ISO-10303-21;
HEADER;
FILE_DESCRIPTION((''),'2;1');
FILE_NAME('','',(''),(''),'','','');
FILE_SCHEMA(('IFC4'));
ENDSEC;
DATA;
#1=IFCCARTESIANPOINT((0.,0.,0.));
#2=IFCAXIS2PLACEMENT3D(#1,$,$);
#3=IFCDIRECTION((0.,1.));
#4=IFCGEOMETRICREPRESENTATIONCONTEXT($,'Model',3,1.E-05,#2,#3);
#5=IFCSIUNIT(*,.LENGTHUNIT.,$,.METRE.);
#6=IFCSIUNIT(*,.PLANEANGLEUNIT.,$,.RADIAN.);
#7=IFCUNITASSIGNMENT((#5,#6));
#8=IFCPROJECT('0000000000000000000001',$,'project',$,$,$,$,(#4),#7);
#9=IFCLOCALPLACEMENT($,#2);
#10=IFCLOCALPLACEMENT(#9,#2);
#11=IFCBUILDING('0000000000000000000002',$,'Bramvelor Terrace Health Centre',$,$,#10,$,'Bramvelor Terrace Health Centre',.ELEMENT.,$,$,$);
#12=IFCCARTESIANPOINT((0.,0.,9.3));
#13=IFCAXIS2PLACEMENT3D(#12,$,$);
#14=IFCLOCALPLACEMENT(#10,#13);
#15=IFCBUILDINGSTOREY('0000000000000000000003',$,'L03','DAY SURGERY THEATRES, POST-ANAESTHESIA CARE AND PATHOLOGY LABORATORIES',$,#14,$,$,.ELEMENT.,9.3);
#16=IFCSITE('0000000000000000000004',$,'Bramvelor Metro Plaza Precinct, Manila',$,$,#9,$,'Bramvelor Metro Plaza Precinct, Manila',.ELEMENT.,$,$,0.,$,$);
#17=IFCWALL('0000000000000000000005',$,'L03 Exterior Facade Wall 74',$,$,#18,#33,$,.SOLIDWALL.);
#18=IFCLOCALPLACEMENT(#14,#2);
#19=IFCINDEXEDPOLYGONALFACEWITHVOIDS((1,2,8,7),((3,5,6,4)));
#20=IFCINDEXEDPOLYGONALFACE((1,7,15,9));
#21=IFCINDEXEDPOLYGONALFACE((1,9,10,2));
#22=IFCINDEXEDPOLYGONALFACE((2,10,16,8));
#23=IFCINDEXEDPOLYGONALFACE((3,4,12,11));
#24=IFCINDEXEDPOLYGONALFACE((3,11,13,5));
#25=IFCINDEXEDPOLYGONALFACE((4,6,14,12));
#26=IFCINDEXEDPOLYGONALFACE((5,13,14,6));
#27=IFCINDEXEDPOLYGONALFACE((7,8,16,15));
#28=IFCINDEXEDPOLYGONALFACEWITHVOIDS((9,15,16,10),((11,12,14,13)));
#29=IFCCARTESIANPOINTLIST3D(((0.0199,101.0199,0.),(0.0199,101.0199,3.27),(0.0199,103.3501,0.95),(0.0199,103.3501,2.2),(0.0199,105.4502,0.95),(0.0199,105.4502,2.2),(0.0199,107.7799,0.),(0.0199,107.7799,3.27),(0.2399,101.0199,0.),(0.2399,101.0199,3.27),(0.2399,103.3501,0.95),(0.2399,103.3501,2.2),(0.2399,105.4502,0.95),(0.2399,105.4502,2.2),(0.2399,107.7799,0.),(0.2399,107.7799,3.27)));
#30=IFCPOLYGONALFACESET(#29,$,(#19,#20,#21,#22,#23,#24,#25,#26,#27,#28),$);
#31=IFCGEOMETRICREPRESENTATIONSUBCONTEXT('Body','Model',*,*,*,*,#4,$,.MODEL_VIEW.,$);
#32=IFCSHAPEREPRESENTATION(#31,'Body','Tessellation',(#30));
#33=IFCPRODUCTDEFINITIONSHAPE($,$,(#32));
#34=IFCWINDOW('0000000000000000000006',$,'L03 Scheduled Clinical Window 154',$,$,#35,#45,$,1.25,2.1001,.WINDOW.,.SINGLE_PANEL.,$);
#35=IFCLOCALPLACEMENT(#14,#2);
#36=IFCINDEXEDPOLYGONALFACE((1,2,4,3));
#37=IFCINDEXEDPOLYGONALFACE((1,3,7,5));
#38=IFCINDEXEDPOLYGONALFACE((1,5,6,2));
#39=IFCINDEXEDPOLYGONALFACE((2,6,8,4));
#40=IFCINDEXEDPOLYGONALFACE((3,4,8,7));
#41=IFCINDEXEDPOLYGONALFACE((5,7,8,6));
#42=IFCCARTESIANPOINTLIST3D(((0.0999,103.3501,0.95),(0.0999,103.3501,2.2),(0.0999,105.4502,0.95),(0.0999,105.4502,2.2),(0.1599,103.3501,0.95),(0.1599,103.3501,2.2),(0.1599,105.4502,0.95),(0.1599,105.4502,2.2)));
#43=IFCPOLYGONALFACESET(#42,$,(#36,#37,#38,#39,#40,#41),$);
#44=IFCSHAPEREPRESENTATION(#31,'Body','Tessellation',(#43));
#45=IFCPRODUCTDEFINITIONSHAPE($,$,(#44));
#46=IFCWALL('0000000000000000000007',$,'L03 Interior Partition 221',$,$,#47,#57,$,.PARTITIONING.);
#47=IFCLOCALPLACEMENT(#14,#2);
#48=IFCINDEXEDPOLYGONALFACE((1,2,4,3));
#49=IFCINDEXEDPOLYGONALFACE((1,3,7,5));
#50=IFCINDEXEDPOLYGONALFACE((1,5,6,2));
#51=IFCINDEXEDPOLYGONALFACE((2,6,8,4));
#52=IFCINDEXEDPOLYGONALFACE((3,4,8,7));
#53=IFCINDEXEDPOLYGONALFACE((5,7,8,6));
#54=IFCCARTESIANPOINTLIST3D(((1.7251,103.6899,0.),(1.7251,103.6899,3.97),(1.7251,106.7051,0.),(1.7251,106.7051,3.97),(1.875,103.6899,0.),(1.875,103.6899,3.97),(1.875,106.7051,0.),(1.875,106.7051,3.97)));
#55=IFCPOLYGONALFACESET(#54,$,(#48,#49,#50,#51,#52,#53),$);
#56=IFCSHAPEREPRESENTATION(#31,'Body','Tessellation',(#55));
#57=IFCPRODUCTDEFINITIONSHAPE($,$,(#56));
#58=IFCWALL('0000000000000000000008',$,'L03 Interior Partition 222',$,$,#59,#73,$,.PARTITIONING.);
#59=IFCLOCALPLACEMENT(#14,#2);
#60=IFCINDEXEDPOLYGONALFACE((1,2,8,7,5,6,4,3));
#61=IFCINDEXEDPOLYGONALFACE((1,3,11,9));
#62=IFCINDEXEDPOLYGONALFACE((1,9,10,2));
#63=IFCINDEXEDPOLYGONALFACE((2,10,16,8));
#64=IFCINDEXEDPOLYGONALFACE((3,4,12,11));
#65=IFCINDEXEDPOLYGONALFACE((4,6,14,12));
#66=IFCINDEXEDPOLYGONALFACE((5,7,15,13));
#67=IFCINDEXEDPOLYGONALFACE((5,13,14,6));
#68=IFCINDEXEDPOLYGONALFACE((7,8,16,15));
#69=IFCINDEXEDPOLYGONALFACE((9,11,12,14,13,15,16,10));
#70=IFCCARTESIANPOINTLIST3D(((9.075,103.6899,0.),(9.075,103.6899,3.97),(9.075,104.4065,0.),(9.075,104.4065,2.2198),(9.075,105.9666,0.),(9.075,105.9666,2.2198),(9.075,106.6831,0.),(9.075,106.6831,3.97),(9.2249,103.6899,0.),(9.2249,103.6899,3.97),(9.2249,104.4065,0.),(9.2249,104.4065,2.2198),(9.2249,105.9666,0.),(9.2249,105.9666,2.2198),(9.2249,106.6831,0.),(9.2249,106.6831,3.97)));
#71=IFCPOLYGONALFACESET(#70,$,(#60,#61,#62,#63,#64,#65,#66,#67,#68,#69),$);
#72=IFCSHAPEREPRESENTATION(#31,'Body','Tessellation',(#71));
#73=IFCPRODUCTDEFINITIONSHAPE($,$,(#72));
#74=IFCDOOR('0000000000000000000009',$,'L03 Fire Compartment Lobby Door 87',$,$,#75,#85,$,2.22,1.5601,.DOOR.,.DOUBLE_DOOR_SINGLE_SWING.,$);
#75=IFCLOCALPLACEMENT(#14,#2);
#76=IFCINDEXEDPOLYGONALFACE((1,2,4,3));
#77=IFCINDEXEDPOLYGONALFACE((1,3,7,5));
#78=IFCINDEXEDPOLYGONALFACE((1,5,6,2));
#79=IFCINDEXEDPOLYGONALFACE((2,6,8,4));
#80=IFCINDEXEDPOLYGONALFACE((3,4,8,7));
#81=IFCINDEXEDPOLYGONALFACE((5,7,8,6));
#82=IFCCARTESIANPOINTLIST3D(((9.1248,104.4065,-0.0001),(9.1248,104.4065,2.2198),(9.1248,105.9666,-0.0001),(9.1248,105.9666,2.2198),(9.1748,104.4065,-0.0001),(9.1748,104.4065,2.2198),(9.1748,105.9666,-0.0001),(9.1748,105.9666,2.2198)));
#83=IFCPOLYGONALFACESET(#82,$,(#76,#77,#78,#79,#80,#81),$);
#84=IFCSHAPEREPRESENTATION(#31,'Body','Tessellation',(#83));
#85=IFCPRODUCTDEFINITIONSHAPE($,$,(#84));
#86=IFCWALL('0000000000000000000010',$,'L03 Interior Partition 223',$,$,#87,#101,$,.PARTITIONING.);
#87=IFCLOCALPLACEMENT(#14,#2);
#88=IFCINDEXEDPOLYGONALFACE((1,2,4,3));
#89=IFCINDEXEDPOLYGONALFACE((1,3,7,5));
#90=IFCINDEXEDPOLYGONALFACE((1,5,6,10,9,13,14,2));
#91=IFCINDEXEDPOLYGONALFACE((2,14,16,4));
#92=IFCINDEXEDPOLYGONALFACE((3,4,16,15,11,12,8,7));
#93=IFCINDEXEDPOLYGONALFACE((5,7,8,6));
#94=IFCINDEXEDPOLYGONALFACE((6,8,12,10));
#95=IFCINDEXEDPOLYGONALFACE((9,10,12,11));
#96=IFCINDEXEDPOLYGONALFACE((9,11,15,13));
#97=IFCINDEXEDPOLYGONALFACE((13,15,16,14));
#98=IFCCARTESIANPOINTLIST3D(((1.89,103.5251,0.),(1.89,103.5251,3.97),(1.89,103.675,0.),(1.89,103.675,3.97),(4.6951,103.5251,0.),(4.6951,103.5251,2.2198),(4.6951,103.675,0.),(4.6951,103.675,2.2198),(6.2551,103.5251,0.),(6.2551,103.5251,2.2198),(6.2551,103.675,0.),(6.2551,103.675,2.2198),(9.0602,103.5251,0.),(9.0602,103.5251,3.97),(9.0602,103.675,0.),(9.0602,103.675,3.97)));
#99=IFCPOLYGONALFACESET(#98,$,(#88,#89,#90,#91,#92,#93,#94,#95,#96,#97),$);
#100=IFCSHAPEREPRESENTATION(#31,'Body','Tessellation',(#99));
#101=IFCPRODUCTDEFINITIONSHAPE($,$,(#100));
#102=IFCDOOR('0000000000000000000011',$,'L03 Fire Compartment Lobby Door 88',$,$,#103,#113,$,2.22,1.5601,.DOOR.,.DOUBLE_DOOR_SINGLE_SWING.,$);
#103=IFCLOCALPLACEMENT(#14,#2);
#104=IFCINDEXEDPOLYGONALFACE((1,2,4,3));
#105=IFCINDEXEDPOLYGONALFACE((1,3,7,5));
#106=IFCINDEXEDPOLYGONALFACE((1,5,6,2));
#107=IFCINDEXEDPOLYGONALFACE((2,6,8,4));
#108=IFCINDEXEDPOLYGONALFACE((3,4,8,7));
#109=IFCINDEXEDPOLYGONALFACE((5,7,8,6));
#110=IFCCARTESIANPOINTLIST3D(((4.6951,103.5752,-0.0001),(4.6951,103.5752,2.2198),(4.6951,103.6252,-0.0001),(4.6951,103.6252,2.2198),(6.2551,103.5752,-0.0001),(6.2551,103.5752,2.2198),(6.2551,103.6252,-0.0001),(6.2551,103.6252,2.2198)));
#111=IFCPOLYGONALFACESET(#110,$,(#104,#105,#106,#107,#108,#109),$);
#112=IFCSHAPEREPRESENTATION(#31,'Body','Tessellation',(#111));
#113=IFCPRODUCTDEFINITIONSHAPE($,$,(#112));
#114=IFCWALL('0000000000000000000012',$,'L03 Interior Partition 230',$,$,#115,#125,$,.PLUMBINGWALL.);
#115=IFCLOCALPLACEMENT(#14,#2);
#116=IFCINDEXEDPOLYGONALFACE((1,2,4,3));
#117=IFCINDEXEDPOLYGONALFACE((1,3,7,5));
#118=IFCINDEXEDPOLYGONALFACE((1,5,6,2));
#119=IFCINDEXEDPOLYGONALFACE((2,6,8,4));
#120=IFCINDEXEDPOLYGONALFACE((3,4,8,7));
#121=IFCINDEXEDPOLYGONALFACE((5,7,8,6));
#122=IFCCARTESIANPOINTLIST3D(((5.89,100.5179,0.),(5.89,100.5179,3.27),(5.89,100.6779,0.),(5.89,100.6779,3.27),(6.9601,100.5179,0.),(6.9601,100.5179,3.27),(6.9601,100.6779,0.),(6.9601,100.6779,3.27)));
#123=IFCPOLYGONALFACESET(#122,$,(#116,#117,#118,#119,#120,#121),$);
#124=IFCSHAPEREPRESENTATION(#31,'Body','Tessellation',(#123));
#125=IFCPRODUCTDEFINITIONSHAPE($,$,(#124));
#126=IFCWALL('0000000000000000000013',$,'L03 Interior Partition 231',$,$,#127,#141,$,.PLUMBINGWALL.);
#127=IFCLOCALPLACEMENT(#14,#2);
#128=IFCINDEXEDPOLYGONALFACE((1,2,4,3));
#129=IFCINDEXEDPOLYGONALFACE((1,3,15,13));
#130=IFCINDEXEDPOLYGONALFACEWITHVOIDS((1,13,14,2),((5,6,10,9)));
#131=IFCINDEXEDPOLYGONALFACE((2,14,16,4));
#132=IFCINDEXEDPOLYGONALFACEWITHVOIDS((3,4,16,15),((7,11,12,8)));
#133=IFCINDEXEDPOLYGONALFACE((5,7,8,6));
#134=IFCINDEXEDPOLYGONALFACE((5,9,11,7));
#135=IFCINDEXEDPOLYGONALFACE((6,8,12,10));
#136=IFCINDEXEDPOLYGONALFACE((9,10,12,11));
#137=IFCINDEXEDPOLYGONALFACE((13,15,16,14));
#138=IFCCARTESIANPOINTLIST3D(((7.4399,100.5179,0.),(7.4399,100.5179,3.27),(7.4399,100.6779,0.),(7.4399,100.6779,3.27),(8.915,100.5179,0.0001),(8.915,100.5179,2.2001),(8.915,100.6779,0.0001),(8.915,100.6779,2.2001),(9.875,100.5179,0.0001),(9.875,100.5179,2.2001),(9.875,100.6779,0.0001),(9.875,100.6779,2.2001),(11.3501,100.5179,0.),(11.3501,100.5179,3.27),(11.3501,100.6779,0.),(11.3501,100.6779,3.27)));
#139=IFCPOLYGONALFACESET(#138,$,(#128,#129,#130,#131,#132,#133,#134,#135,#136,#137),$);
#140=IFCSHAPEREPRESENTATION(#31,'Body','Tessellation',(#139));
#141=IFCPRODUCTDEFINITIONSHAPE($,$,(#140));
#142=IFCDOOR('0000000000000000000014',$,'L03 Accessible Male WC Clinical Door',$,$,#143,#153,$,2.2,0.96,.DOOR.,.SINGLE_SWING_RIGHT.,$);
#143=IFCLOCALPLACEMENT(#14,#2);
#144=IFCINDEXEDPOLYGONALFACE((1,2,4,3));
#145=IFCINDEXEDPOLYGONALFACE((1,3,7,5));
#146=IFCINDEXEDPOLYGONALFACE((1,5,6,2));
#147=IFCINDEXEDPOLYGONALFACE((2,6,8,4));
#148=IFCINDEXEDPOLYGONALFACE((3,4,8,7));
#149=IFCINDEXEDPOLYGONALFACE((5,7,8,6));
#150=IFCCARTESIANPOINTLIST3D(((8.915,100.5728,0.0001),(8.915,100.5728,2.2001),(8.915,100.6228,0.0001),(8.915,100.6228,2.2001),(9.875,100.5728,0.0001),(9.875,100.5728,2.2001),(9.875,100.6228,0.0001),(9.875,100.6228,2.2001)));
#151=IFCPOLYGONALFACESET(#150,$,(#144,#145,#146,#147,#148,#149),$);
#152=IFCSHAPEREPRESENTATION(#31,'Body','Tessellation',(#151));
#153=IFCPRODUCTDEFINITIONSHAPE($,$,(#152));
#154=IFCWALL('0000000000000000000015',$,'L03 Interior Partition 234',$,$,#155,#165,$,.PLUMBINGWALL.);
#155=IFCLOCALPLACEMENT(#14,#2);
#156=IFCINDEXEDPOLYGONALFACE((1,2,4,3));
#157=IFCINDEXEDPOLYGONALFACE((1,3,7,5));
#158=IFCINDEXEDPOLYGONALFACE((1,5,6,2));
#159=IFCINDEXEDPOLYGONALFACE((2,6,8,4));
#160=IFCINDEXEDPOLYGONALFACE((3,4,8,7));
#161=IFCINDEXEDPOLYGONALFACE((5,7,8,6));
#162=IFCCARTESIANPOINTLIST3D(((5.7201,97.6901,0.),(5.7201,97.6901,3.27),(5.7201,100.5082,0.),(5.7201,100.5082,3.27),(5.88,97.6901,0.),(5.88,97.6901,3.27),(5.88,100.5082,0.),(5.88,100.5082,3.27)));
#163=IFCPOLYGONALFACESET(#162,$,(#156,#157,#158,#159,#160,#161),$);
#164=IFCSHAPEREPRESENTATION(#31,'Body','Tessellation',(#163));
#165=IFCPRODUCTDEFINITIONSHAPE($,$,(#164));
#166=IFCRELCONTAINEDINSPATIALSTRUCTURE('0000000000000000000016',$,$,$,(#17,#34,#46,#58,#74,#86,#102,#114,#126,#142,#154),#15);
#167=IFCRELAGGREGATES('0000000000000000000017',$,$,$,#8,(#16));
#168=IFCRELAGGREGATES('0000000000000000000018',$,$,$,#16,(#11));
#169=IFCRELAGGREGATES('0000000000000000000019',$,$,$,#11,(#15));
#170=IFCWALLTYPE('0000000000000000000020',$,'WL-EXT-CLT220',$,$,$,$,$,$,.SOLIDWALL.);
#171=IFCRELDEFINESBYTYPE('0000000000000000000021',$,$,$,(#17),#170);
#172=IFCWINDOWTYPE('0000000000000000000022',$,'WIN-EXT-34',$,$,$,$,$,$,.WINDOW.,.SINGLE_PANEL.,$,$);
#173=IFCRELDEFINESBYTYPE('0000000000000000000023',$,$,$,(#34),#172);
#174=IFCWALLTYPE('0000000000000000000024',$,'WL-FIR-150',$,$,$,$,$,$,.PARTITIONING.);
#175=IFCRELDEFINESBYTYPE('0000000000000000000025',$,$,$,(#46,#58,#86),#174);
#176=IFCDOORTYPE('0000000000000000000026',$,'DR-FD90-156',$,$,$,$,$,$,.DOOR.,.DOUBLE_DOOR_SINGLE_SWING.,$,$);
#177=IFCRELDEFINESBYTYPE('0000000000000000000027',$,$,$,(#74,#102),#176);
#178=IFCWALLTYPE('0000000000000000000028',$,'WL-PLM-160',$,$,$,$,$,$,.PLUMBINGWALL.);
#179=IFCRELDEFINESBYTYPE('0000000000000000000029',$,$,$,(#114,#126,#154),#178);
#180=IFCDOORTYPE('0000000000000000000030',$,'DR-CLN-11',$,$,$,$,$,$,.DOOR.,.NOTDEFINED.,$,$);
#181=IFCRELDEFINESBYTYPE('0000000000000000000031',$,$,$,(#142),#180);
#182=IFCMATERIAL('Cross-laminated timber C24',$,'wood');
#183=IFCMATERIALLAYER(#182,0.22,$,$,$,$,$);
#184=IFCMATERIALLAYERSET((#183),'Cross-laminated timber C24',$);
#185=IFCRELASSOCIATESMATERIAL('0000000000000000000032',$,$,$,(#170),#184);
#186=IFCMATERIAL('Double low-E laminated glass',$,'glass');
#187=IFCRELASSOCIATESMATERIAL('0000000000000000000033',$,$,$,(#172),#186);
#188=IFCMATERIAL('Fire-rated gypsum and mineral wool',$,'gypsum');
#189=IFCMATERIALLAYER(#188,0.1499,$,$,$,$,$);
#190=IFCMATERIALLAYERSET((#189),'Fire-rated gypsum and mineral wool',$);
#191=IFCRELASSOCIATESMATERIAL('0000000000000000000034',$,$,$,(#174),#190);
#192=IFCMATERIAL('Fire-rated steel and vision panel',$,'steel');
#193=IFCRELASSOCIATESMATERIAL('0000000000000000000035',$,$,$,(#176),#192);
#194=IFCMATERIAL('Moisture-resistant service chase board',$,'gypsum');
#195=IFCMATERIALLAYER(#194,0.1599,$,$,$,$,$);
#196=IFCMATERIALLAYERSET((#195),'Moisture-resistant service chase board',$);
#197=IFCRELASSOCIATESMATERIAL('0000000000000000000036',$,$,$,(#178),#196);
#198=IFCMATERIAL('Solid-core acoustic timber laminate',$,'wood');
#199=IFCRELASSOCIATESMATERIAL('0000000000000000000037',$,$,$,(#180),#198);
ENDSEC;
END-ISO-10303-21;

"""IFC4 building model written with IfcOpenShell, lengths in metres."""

from ifc_helpers import new_model, si_unit, direction, frame, frame_2d, origin, place, context, subcontext, project, spatial, rectangle, extrude, material, layer, layer_set, type_object, element, fill, save


model = new_model("IFC4")

# Units and contexts
model_context = context("Model", 3, precision=1e-05, world=origin(), true_north=direction((0.0, 1.0)))
body_context = subcontext(model_context, "Body", "Model", "MODEL_VIEW")
ifc_project = project(units=[si_unit("LENGTHUNIT", "METRE"), si_unit("PLANEANGLEUNIT", "RADIAN")], contexts=[model_context])

# Site, building, storey
site_placement = place(None, origin())
site = spatial("IfcSite", under=ifc_project, at=site_placement, Name="Bramvelor Metro Plaza Precinct, Manila", LongName="Bramvelor Metro Plaza Precinct, Manila", CompositionType="ELEMENT", RefElevation=0.0)
building_placement = place(site_placement, origin())
building = spatial("IfcBuilding", under=site, at=building_placement, Name="Bramvelor Terrace Health Centre", LongName="Bramvelor Terrace Health Centre", CompositionType="ELEMENT")
storey_placement = place(building_placement, frame((0.0, 0.0, 9.3)))
storey = spatial("IfcBuildingStorey", under=building, at=storey_placement, Name="L03", Description="DAY SURGERY THEATRES, POST-ANAESTHESIA CARE AND PATHOLOGY LABORATORIES", CompositionType="ELEMENT", Elevation=9.3)

# Wall, opening, window
ifc_material_1 = material(Name="Cross-laminated timber C24", Category="wood")
ifc_layer_1 = layer(ifc_material_1, 0.22)
ifc_layer_set_1 = layer_set([ifc_layer_1], Name="Cross-laminated timber C24")
wall_type_1 = type_object("IfcWallType", Name="WL-EXT-CLT220", PredefinedType="SOLIDWALL", material=ifc_layer_set_1)
wall_1_placement = place(storey_placement, frame((0.1299, 101.02, 0.0), z_axis=(0.0, 0.0, 1.0), x_axis=(0.0, 1.0, 0.0)))
wall_1 = element("IfcWall", 1, at=wall_1_placement, inside=storey, type_object=wall_type_1, Name="L03 Exterior Facade Wall 74", PredefinedType="SOLIDWALL", context=body_context, shape_type="SweptSolid", body=[
    extrude(rectangle(XDim=6.76, YDim=0.22, at=frame_2d((3.3799, 0.0))), origin(), (0.0, 0.0, 1.0), 3.27),
])
opening_1_placement = place(wall_1_placement, frame((2.3301, 0.0, 0.95)))
opening_1 = element("IfcOpeningElement", 2, at=opening_1_placement, cuts=wall_1, PredefinedType="OPENING", context=body_context, shape_type="SweptSolid", body=[
    extrude(rectangle(XDim=2.1001, YDim=1.25, at=frame_2d((1.05, 0.625))), frame((0.0, 0.1199, 0.0), z_axis=(0.0, -1.0, 0.0), x_axis=(1.0, 0.0, 0.0)), (0.0, 0.0, 1.0), 0.24),
])
ifc_material_2 = material(Name="Double low-E laminated glass", Category="glass")
window_type_1 = type_object("IfcWindowType", Name="WIN-EXT-34", PartitioningType="SINGLE_PANEL", PredefinedType="WINDOW", material=ifc_material_2)
window_1_placement = place(opening_1_placement, origin())
window_1 = element("IfcWindow", 3, at=window_1_placement, inside=storey, type_object=window_type_1, Name="L03 Scheduled Clinical Window 154", OverallHeight=1.25, OverallWidth=2.1001, PartitioningType="SINGLE_PANEL", PredefinedType="WINDOW", context=body_context, shape_type="SweptSolid", body=[
    extrude(rectangle(XDim=2.1001, YDim=1.25, at=frame_2d((1.05, 0.625))), frame((0.0, 0.03, 0.0), z_axis=(0.0, -1.0, 0.0), x_axis=(1.0, 0.0, 0.0)), (0.0, 0.0, 1.0), 0.0601),
])
fill(opening_1, window_1)

# Wall
ifc_material_3 = material(Name="Fire-rated gypsum and mineral wool", Category="gypsum")
ifc_layer_2 = layer(ifc_material_3, 0.1499)
ifc_layer_set_2 = layer_set([ifc_layer_2], Name="Fire-rated gypsum and mineral wool")
wall_type_2 = type_object("IfcWallType", Name="WL-FIR-150", PredefinedType="PARTITIONING", material=ifc_layer_set_2)
wall_2_placement = place(storey_placement, frame((1.8, 103.6899, 0.0), z_axis=(0.0, 0.0, 1.0), x_axis=(0.0, 1.0, 0.0)))
element("IfcWall", 4, at=wall_2_placement, inside=storey, type_object=wall_type_2, Name="L03 Interior Partition 221", PredefinedType="PARTITIONING", context=body_context, shape_type="SweptSolid", body=[
    extrude(rectangle(XDim=3.0151, YDim=0.1499, at=frame_2d((1.5076, 0.0))), origin(), (0.0, 0.0, 1.0), 3.97),
])

# Walls, openings, doors
wall_3_placement = place(storey_placement, frame((9.1499, 106.6831, 0.0), z_axis=(0.0, 0.0, 1.0), x_axis=(0.0, -1.0, 0.0)))
wall_3 = element("IfcWall", 5, at=wall_3_placement, inside=storey, type_object=wall_type_2, Name="L03 Interior Partition 222", PredefinedType="PARTITIONING", context=body_context, shape_type="SweptSolid", body=[
    extrude(rectangle(XDim=2.9932, YDim=0.1499, at=frame_2d((1.4966, 0.0))), origin(), (0.0, 0.0, 1.0), 3.97),
])
opening_2_placement = place(wall_3_placement, frame((0.7166, 0.0, 0.0)))
opening_2 = element("IfcOpeningElement", 6, at=opening_2_placement, cuts=wall_3, PredefinedType="OPENING", context=body_context, shape_type="SweptSolid", body=[
    extrude(rectangle(XDim=1.5601, YDim=2.22, at=frame_2d((0.78, 1.1099))), frame((0.0, 0.085, 0.0), z_axis=(0.0, -1.0, 0.0), x_axis=(1.0, 0.0, 0.0)), (0.0, 0.0, 1.0), 0.1699),
])
ifc_material_4 = material(Name="Fire-rated steel and vision panel", Category="steel")
door_type_1 = type_object("IfcDoorType", Name="DR-FD90-156", OperationType="DOUBLE_DOOR_SINGLE_SWING", PredefinedType="DOOR", material=ifc_material_4)
door_1_placement = place(opening_2_placement, origin())
door_1 = element("IfcDoor", 7, at=door_1_placement, inside=storey, type_object=door_type_1, Name="L03 Fire Compartment Lobby Door 87", OperationType="DOUBLE_DOOR_SINGLE_SWING", OverallHeight=2.22, OverallWidth=1.5601, PredefinedType="DOOR", context=body_context, shape_type="SweptSolid", body=[
    extrude(rectangle(XDim=1.5601, YDim=2.22, at=frame_2d((0.78, 1.1099))), frame((0.0, 0.0249, 0.0), z_axis=(0.0, -1.0, 0.0), x_axis=(1.0, 0.0, 0.0)), (0.0, 0.0, 1.0), 0.05),
])
fill(opening_2, door_1)
wall_4_placement = place(storey_placement, frame((9.0601, 103.6001, 0.0), z_axis=(0.0, 0.0, 1.0), x_axis=(-1.0, 0.0, 0.0)))
wall_4 = element("IfcWall", 8, at=wall_4_placement, inside=storey, type_object=wall_type_2, Name="L03 Interior Partition 223", PredefinedType="PARTITIONING", context=body_context, shape_type="SweptSolid", body=[
    extrude(rectangle(XDim=7.1702, YDim=0.1499, at=frame_2d((3.585, 0.0))), origin(), (0.0, 0.0, 1.0), 3.97),
])
opening_3_placement = place(wall_4_placement, frame((2.8049, 0.0, 0.0)))
opening_3 = element("IfcOpeningElement", 9, at=opening_3_placement, cuts=wall_4, PredefinedType="OPENING", context=body_context, shape_type="SweptSolid", body=[
    extrude(rectangle(XDim=1.5601, YDim=2.22, at=frame_2d((0.78, 1.1099))), frame((0.0, 0.085, 0.0), z_axis=(0.0, -1.0, 0.0), x_axis=(1.0, 0.0, 0.0)), (0.0, 0.0, 1.0), 0.1699),
])
door_2_placement = place(opening_3_placement, origin())
door_2 = element("IfcDoor", 10, at=door_2_placement, inside=storey, type_object=door_type_1, Name="L03 Fire Compartment Lobby Door 88", OperationType="DOUBLE_DOOR_SINGLE_SWING", OverallHeight=2.22, OverallWidth=1.5601, PredefinedType="DOOR", context=body_context, shape_type="SweptSolid", body=[
    extrude(rectangle(XDim=1.5601, YDim=2.22, at=frame_2d((0.78, 1.1099))), frame((0.0, 0.0249, 0.0), z_axis=(0.0, -1.0, 0.0), x_axis=(1.0, 0.0, 0.0)), (0.0, 0.0, 1.0), 0.05),
])
fill(opening_3, door_2)

# Wall
ifc_material_5 = material(Name="Moisture-resistant service chase board", Category="gypsum")
ifc_layer_3 = layer(ifc_material_5, 0.1599)
ifc_layer_set_3 = layer_set([ifc_layer_3], Name="Moisture-resistant service chase board")
wall_type_3 = type_object("IfcWallType", Name="WL-PLM-160", PredefinedType="PLUMBINGWALL", material=ifc_layer_set_3)
wall_5_placement = place(storey_placement, frame((5.8899, 100.5979, 0.0), z_axis=(0.0, 0.0, 1.0), x_axis=(1.0, 0.0, 0.0)))
element("IfcWall", 11, at=wall_5_placement, inside=storey, type_object=wall_type_3, Name="L03 Interior Partition 230", PredefinedType="PLUMBINGWALL", context=body_context, shape_type="SweptSolid", body=[
    extrude(rectangle(XDim=1.0701, YDim=0.1599, at=frame_2d((0.5352, 0.0))), origin(), (0.0, 0.0, 1.0), 3.27),
])

# Wall, opening, door
wall_6_placement = place(storey_placement, frame((7.4399, 100.5979, 0.0), z_axis=(0.0, 0.0, 1.0), x_axis=(1.0, 0.0, 0.0)))
wall_6 = element("IfcWall", 12, at=wall_6_placement, inside=storey, type_object=wall_type_3, Name="L03 Interior Partition 231", PredefinedType="PLUMBINGWALL", context=body_context, shape_type="SweptSolid", body=[
    extrude(rectangle(XDim=3.9102, YDim=0.1599, at=frame_2d((1.9551, 0.0))), origin(), (0.0, 0.0, 1.0), 3.27),
])
opening_4_placement = place(wall_6_placement, frame((1.4751, 0.0, 0.0)))
opening_4 = element("IfcOpeningElement", 13, at=opening_4_placement, cuts=wall_6, PredefinedType="OPENING", context=body_context, shape_type="SweptSolid", body=[
    extrude(rectangle(XDim=0.96, YDim=2.2, at=frame_2d((0.48, 1.1001))), frame((0.0, 0.0898, 0.0), z_axis=(0.0, -1.0, 0.0), x_axis=(1.0, 0.0, 0.0)), (0.0, 0.0, 1.0), 0.1799),
])
ifc_material_6 = material(Name="Solid-core acoustic timber laminate", Category="wood")
door_type_2 = type_object("IfcDoorType", Name="DR-CLN-11", OperationType="NOTDEFINED", PredefinedType="DOOR", material=ifc_material_6)
door_3_placement = place(opening_4_placement, origin())
door_3 = element("IfcDoor", 14, at=door_3_placement, inside=storey, type_object=door_type_2, Name="L03 Accessible Male WC Clinical Door", OperationType="SINGLE_SWING_RIGHT", OverallHeight=2.2, OverallWidth=0.96, PredefinedType="DOOR", context=body_context, shape_type="SweptSolid", body=[
    extrude(rectangle(XDim=0.96, YDim=2.2, at=frame_2d((0.48, 1.1001))), frame((0.0, 0.0249, 0.0), z_axis=(0.0, -1.0, 0.0), x_axis=(1.0, 0.0, 0.0)), (0.0, 0.0, 1.0), 0.05),
])
fill(opening_4, door_3)

# Wall
wall_7_placement = place(storey_placement, frame((5.8, 97.6899, 0.0), z_axis=(0.0, 0.0, 1.0), x_axis=(0.0, 1.0, 0.0)))
element("IfcWall", 15, at=wall_7_placement, inside=storey, type_object=wall_type_3, Name="L03 Interior Partition 234", PredefinedType="PLUMBINGWALL", context=body_context, shape_type="SweptSolid", body=[
    extrude(rectangle(XDim=2.8181, YDim=0.1599, at=frame_2d((1.4092, 0.0))), origin(), (0.0, 0.0, 1.0), 3.27),
])

save(model, "model.ifc")
